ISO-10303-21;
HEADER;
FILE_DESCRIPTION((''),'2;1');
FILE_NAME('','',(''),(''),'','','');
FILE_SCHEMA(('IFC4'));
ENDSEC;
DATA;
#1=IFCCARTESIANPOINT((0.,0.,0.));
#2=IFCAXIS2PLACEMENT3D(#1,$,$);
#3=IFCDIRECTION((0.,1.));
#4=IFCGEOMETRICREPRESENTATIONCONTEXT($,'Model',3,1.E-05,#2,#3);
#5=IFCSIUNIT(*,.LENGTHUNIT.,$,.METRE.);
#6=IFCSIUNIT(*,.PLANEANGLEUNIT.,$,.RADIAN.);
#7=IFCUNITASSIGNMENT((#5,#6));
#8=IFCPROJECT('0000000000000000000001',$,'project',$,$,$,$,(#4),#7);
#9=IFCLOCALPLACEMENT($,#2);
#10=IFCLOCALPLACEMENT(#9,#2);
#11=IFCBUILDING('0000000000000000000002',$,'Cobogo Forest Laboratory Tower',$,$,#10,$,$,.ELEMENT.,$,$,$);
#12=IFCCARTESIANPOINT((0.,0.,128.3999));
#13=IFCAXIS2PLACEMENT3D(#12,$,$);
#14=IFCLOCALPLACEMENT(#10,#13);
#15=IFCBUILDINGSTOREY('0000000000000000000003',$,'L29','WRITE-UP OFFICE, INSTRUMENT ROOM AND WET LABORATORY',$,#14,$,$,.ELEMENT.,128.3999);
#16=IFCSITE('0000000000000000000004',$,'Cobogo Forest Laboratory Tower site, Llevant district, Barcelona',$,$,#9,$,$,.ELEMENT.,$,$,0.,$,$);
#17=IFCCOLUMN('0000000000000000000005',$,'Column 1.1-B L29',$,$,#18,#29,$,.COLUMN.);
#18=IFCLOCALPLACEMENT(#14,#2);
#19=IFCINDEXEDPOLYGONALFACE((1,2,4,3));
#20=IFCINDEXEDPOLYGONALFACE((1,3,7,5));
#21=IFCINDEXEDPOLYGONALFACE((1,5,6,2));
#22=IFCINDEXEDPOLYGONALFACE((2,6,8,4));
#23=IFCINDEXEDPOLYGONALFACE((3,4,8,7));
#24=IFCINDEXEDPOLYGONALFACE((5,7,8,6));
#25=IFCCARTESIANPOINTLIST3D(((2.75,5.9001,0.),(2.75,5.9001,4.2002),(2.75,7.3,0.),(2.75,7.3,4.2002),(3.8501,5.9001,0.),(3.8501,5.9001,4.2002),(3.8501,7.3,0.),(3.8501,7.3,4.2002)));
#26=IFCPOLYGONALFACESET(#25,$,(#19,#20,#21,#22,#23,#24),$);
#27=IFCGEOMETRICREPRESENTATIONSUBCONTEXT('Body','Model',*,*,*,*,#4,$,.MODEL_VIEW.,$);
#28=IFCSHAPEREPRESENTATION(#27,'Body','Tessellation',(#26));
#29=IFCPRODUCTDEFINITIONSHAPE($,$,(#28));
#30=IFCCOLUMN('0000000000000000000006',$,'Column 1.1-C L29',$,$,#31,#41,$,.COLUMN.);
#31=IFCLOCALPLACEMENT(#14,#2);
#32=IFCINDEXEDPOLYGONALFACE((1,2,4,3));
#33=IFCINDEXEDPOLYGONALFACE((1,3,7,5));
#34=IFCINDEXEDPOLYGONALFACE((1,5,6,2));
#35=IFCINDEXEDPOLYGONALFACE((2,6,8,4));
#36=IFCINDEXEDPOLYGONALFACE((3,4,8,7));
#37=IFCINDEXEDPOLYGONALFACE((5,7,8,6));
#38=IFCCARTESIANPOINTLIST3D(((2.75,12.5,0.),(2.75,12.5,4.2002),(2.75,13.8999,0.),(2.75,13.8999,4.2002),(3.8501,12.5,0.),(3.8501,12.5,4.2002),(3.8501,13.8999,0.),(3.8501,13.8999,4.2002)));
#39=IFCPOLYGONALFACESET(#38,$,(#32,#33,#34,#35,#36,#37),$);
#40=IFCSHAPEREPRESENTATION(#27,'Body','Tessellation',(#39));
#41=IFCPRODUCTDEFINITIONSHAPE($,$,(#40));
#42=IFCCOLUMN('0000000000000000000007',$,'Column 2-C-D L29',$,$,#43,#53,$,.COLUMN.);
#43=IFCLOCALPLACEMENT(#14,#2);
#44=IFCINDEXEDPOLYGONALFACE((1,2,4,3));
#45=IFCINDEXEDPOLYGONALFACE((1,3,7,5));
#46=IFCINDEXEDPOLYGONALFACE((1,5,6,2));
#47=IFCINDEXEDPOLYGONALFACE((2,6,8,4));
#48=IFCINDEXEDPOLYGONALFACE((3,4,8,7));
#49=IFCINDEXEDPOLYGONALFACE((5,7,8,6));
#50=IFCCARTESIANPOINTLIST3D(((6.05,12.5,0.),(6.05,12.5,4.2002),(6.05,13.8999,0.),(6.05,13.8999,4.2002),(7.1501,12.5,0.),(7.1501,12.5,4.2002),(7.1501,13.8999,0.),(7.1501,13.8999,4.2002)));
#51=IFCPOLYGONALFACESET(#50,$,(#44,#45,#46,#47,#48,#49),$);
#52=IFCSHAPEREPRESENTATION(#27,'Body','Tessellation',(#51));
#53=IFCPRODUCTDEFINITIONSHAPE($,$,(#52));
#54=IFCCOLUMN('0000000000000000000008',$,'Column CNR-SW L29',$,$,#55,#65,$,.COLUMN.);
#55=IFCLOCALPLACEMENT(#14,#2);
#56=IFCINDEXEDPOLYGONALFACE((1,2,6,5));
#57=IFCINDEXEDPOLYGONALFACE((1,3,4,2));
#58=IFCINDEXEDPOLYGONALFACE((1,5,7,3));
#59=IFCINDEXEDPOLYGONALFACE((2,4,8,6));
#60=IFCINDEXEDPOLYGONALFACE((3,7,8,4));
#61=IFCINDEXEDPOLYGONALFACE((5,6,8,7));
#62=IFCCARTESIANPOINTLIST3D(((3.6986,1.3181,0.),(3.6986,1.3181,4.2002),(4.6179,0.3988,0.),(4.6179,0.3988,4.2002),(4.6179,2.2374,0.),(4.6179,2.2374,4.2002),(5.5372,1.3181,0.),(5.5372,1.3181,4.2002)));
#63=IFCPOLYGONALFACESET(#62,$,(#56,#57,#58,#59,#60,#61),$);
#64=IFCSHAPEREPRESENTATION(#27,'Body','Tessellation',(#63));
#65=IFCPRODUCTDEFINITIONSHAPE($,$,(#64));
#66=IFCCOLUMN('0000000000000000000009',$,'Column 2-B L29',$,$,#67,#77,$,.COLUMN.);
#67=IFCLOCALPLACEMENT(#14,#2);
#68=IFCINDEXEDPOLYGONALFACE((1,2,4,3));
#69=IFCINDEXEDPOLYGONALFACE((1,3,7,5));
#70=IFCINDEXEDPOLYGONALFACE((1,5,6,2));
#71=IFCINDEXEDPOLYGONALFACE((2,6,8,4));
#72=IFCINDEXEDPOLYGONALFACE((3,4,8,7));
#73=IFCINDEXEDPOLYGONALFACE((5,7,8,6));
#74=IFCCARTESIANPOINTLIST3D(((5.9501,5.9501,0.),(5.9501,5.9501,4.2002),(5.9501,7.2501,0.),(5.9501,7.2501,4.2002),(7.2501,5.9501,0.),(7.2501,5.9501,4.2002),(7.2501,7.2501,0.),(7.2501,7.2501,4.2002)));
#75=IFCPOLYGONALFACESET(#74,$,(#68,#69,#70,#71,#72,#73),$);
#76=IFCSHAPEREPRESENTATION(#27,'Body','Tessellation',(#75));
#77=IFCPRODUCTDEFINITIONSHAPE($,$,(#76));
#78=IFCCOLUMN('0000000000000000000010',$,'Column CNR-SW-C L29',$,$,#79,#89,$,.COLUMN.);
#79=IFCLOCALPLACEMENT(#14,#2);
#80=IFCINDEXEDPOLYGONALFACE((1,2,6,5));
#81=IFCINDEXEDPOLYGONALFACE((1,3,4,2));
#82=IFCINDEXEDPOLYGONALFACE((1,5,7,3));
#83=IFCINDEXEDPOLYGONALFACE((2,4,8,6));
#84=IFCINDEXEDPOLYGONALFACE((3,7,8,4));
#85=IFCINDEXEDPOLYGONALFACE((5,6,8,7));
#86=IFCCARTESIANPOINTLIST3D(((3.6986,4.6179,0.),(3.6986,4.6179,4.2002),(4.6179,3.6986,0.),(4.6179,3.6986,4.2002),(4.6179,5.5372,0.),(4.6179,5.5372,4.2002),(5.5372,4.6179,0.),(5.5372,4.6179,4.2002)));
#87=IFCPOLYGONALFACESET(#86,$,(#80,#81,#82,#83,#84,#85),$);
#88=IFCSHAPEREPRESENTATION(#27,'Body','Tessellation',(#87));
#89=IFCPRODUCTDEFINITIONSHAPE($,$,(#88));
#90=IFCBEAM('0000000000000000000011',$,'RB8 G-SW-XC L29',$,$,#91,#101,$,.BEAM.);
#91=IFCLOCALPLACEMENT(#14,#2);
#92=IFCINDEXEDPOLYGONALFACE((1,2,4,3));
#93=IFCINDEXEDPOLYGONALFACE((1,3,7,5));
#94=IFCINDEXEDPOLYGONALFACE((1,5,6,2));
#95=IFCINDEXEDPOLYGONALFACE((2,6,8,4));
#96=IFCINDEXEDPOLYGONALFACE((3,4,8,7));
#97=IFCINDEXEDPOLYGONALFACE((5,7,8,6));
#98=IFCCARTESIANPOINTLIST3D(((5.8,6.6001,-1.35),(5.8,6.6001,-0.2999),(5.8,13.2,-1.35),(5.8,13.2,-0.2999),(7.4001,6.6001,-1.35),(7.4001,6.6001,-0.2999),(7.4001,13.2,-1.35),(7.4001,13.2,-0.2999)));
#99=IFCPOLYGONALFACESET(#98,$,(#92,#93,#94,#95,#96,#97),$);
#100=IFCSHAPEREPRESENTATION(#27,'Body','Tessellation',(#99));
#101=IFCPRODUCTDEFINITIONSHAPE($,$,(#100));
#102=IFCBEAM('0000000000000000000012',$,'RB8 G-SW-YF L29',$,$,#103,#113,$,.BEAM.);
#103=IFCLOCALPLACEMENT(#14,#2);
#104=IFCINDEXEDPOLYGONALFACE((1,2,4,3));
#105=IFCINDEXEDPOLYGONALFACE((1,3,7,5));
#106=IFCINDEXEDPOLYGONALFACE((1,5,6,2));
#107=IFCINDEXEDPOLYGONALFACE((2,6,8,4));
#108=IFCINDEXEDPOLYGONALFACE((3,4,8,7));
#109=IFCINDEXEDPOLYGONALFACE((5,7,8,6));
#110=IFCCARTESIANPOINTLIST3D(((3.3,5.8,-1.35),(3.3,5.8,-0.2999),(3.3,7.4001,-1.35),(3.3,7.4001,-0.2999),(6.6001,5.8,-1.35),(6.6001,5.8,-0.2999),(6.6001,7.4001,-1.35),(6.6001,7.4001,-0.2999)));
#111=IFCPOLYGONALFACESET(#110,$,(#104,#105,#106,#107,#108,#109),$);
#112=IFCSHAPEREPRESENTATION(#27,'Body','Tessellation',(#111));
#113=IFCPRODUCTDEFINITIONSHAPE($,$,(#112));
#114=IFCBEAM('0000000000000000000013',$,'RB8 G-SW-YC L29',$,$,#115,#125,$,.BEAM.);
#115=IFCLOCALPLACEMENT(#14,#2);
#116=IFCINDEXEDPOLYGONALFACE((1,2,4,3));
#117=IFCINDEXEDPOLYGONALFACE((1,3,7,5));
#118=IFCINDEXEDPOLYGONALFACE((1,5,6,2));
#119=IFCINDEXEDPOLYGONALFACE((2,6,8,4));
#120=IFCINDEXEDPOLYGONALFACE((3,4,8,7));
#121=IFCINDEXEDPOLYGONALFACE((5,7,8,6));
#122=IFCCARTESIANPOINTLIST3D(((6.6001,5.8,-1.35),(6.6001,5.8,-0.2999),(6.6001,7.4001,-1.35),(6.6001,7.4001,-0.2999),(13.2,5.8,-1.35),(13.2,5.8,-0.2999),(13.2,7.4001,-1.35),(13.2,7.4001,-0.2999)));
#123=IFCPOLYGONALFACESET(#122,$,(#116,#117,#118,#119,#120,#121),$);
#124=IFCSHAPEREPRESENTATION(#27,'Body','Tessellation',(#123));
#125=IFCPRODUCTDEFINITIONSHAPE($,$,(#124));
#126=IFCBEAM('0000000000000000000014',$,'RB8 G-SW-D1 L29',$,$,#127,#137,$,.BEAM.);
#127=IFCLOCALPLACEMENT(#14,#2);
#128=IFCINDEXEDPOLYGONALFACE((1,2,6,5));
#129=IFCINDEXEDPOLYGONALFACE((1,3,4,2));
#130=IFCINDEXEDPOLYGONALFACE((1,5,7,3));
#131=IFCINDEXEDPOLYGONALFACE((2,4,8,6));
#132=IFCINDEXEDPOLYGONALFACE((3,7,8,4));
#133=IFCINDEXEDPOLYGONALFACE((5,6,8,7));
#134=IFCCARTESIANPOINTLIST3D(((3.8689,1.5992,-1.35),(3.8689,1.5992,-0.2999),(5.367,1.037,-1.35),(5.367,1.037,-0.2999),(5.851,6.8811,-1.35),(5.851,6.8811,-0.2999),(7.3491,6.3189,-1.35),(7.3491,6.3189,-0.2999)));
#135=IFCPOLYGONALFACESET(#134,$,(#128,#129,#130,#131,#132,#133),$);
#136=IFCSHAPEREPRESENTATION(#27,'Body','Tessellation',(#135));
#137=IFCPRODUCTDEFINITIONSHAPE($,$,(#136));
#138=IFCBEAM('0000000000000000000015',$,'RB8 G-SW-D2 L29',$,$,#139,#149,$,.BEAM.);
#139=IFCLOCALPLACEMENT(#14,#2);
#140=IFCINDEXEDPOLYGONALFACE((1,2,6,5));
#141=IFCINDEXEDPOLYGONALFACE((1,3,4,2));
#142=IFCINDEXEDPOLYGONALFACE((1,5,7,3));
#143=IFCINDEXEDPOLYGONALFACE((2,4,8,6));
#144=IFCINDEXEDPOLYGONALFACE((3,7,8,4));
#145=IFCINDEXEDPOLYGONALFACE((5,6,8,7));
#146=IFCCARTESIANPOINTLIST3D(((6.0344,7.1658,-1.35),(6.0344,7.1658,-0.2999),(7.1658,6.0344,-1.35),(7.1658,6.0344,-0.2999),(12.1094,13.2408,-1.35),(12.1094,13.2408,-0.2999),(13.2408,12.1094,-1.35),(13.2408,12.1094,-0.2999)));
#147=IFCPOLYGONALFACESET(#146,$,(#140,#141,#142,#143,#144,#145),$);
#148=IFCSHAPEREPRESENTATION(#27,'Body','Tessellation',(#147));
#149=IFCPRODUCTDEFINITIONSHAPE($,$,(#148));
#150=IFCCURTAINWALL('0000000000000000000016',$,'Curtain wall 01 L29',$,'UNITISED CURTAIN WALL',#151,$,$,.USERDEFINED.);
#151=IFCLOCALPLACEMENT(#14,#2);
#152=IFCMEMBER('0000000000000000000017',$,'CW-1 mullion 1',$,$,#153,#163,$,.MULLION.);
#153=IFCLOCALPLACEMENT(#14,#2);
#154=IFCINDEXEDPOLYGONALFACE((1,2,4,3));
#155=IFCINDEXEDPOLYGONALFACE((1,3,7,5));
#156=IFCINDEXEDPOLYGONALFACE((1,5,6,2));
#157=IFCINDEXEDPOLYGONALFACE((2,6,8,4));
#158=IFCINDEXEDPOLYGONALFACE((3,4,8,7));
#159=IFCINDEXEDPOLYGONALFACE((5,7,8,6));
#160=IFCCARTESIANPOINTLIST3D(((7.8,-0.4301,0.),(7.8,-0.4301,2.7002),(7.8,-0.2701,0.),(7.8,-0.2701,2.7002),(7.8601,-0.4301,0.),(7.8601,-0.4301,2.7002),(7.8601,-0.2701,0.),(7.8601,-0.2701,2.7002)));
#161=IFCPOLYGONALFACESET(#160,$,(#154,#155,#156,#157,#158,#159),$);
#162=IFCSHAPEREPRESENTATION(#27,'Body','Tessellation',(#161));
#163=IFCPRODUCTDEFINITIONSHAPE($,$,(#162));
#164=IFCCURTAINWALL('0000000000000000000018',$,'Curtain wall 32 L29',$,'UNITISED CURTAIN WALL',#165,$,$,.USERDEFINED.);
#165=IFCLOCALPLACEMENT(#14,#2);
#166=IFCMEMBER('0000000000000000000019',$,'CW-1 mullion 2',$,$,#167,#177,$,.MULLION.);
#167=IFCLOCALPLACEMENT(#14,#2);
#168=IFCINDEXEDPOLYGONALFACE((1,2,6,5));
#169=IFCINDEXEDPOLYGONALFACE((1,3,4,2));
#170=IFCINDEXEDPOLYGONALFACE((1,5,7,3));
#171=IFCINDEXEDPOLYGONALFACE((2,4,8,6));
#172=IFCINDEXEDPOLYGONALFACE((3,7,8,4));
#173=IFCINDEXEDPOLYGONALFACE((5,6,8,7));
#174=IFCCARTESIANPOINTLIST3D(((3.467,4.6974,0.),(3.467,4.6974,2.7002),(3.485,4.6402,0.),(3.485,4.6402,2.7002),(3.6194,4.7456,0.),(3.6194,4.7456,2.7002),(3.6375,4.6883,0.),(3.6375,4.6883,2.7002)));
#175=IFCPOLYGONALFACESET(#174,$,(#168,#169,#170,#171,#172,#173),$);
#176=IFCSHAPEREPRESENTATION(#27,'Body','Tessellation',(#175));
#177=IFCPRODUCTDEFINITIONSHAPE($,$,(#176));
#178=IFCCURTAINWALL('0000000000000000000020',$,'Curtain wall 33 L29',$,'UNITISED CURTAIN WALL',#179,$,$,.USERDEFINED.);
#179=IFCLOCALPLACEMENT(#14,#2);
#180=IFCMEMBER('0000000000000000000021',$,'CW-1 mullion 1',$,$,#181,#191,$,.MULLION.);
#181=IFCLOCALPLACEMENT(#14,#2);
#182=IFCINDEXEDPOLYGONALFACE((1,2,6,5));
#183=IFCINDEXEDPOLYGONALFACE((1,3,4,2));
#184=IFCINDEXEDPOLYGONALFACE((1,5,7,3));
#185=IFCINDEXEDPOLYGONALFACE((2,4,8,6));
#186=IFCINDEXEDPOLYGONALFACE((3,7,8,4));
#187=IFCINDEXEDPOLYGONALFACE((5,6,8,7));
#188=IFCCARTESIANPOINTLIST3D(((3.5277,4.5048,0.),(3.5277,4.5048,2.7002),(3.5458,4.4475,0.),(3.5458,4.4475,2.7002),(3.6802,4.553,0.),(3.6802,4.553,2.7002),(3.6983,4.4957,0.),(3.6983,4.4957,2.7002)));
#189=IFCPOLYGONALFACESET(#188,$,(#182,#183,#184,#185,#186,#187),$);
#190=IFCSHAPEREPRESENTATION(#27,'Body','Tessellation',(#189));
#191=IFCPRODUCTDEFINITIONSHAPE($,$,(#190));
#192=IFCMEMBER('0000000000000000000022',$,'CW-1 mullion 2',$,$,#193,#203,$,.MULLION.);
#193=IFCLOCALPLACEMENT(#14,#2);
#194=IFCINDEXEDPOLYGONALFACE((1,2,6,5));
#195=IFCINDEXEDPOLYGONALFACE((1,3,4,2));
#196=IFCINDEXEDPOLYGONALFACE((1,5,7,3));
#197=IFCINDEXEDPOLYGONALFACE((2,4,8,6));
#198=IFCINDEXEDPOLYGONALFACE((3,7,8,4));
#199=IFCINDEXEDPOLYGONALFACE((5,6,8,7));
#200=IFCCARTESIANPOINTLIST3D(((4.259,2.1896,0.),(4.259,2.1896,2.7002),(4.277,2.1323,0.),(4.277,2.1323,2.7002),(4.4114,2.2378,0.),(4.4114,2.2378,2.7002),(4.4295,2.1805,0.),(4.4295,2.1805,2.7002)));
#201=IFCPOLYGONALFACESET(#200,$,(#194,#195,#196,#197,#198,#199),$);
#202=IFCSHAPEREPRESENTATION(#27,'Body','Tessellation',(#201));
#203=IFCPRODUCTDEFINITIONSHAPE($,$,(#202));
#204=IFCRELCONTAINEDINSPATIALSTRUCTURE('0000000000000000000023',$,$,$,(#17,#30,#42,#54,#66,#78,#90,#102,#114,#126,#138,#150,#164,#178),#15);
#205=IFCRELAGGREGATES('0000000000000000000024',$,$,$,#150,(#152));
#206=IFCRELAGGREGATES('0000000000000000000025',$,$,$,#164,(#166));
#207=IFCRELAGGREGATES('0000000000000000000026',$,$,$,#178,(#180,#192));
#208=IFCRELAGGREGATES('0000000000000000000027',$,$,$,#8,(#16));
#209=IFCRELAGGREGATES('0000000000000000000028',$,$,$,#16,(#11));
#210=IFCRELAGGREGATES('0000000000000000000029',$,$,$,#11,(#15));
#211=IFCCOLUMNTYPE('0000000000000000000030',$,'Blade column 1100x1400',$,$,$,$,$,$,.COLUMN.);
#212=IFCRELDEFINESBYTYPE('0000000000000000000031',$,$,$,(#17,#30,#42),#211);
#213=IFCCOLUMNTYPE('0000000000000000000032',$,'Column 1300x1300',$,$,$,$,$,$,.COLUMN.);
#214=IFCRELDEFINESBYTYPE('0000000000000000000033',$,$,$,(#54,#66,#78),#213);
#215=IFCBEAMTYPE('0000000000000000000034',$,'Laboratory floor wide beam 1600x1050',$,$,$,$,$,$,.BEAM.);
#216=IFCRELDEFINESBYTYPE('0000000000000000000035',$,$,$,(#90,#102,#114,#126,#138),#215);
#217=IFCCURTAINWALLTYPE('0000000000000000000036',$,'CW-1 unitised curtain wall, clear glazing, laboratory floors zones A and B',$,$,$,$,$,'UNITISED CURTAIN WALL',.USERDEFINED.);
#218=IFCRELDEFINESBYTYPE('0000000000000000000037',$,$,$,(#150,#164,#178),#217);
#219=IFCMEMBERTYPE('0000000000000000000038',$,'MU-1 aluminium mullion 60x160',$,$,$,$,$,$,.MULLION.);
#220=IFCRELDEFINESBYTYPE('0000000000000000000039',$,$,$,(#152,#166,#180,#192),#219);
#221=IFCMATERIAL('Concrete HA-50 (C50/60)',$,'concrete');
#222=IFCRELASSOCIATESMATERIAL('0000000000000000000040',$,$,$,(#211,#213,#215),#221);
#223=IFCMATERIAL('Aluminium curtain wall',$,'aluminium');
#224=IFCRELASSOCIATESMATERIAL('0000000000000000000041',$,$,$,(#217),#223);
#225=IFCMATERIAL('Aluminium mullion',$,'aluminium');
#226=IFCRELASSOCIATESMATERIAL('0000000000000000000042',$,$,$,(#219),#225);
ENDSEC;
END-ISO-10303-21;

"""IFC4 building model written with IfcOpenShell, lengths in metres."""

from ifc_helpers import new_model, si_unit, direction, frame, origin, origin_2d, place, context, subcontext, project, spatial, rectangle, extrude, material, material_profile, profile_set, type_object, element, aggregate, save


model = new_model("IFC4")

# Units and contexts
model_context = context("Model", 3, precision=1e-05, world=origin(), true_north=direction((0.0, 1.0)))
body_context = subcontext(model_context, "Body", "Model", "MODEL_VIEW")
ifc_project = project(units=[si_unit("LENGTHUNIT", "METRE"), si_unit("PLANEANGLEUNIT", "RADIAN")], contexts=[model_context])

# Site, building, storey
site_placement = place(None, origin())
site = spatial("IfcSite", under=ifc_project, at=site_placement, Name="Cobogo Forest Laboratory Tower site, Llevant district, Barcelona", CompositionType="ELEMENT", RefElevation=0.0)
building_placement = place(site_placement, origin())
building = spatial("IfcBuilding", under=site, at=building_placement, Name="Cobogo Forest Laboratory Tower", CompositionType="ELEMENT")
storey_placement = place(building_placement, frame((0.0, 0.0, 128.3999)))
storey = spatial("IfcBuildingStorey", under=building, at=storey_placement, Name="L29", Description="WRITE-UP OFFICE, INSTRUMENT ROOM AND WET LABORATORY", CompositionType="ELEMENT", Elevation=128.3999)

# Columns
ifc_material_1 = material(Name="Concrete HA-50 (C50/60)", Category="concrete")
ifc_material_profile_1 = material_profile(ifc_material_1, rectangle(XDim=1.3999, YDim=1.1001, at=origin_2d()), Name="RC 1100x1400")
ifc_profile_set_1 = profile_set([ifc_material_profile_1], Name="Concrete HA-50 (C50/60)")
column_type_1 = type_object("IfcColumnType", Name="Blade column 1100x1400", PredefinedType="COLUMN", material=ifc_profile_set_1)
for number, where, z_axis, x_axis, name in (
    (1, (3.3, 6.6001, 0.0), (0.0, 0.0, 1.0), (0.0, 1.0, 0.0), "Column 1.1-B L29"),
    (2, (3.3, 13.2, 0.0), (0.0, 0.0, 1.0), (0.0, 1.0, 0.0), "Column 1.1-C L29"),
    (3, (6.6001, 13.2, 0.0), (0.0, 0.0, 1.0), (0.0, 1.0, 0.0), "Column 2-C-D L29"),
):
    element("IfcColumn", number, at=place(storey_placement, frame(where, z_axis=z_axis, x_axis=x_axis)), inside=storey, type_object=column_type_1, Name=name, PredefinedType="COLUMN", context=body_context, shape_type="SweptSolid", body=[
        extrude(rectangle(XDim=1.3999, YDim=1.1001, at=origin_2d()), origin(), (0.0, 0.0, 1.0), 4.2002),
    ])
ifc_material_profile_2 = material_profile(ifc_material_1, rectangle(XDim=1.3, YDim=1.3, at=origin_2d()), Name="RC 1300x1300")
ifc_profile_set_2 = profile_set([ifc_material_profile_2], Name="Concrete HA-50 (C50/60)")
column_type_2 = type_object("IfcColumnType", Name="Column 1300x1300", PredefinedType="COLUMN", material=ifc_profile_set_2)
for number, where, z_axis, x_axis, name in (
    (4, (4.6179, 1.3181, 0.0), (0.0, 0.0, 1.0), (0.707107, 0.707107, 0.0), "Column CNR-SW L29"),
    (5, (6.6001, 6.6001, 0.0), (0.0, 0.0, 1.0), (1.0, 0.0, 0.0), "Column 2-B L29"),
    (6, (4.6179, 4.6179, 0.0), (0.0, 0.0, 1.0), (0.707107, 0.707107, 0.0), "Column CNR-SW-C L29"),
):
    element("IfcColumn", number, at=place(storey_placement, frame(where, z_axis=z_axis, x_axis=x_axis)), inside=storey, type_object=column_type_2, Name=name, PredefinedType="COLUMN", context=body_context, shape_type="SweptSolid", body=[
        extrude(rectangle(XDim=1.3, YDim=1.3, at=origin_2d()), origin(), (0.0, 0.0, 1.0), 4.2002),
    ])

# Beams
ifc_material_profile_3 = material_profile(ifc_material_1, rectangle(XDim=1.6001, YDim=1.05, at=origin_2d()), Name="RC 1600x1050")
ifc_profile_set_3 = profile_set([ifc_material_profile_3], Name="Concrete HA-50 (C50/60)")
beam_type_1 = type_object("IfcBeamType", Name="Laboratory floor wide beam 1600x1050", PredefinedType="BEAM", material=ifc_profile_set_3)
beam_1_placement = place(storey_placement, frame((6.6001, 6.6001, -0.825), z_axis=(0.0, 1.0, 0.0), x_axis=(-1.0, 0.0, 0.0)))
element("IfcBeam", 7, at=beam_1_placement, inside=storey, type_object=beam_type_1, Name="RB8 G-SW-XC L29", PredefinedType="BEAM", context=body_context, shape_type="SweptSolid", body=[
    extrude(rectangle(XDim=1.6001, YDim=1.05, at=origin_2d()), origin(), (0.0, 0.0, 1.0), 6.5999),
])
beam_2_placement = place(storey_placement, frame((3.3, 6.6001, -0.825), z_axis=(1.0, 0.0, 0.0), x_axis=(0.0, 1.0, 0.0)))
element("IfcBeam", 8, at=beam_2_placement, inside=storey, type_object=beam_type_1, Name="RB8 G-SW-YF L29", PredefinedType="BEAM", context=body_context, shape_type="SweptSolid", body=[
    extrude(rectangle(XDim=1.6001, YDim=1.05, at=origin_2d()), origin(), (0.0, 0.0, 1.0), 3.3),
])
beam_3_placement = place(storey_placement, frame((6.6001, 6.6001, -0.825), z_axis=(1.0, 0.0, 0.0), x_axis=(0.0, 1.0, 0.0)))
element("IfcBeam", 9, at=beam_3_placement, inside=storey, type_object=beam_type_1, Name="RB8 G-SW-YC L29", PredefinedType="BEAM", context=body_context, shape_type="SweptSolid", body=[
    extrude(rectangle(XDim=1.6001, YDim=1.05, at=origin_2d()), origin(), (0.0, 0.0, 1.0), 6.5999),
])
beam_4_placement = place(storey_placement, frame((4.6179, 1.3181, -0.825), z_axis=(0.351346, 0.936246, 0.0), x_axis=(-0.936246, 0.351346, 0.0)))
element("IfcBeam", 10, at=beam_4_placement, inside=storey, type_object=beam_type_1, Name="RB8 G-SW-D1 L29", PredefinedType="BEAM", context=body_context, shape_type="SweptSolid", body=[
    extrude(rectangle(XDim=1.6001, YDim=1.05, at=origin_2d()), origin(), (0.0, 0.0, 1.0), 5.6416),
])
beam_5_placement = place(storey_placement, frame((6.6001, 6.6001, -0.825), z_axis=(0.707107, 0.707107, 0.0), x_axis=(-0.707107, 0.707107, 0.0)))
element("IfcBeam", 11, at=beam_5_placement, inside=storey, type_object=beam_type_1, Name="RB8 G-SW-D2 L29", PredefinedType="BEAM", context=body_context, shape_type="SweptSolid", body=[
    extrude(rectangle(XDim=1.6001, YDim=1.05, at=origin_2d()), origin(), (0.0, 0.0, 1.0), 8.5913),
])

# Curtain walls, members
ifc_material_2 = material(Name="Aluminium curtain wall", Category="aluminium")
curtain_wall_type = type_object("IfcCurtainWallType", Name="CW-1 unitised curtain wall, clear glazing, laboratory floors zones A and B", ElementType="UNITISED CURTAIN WALL", PredefinedType="USERDEFINED", material=ifc_material_2)
curtain_wall_1_placement = place(storey_placement, origin())
curtain_wall_1 = element("IfcCurtainWall", 12, at=curtain_wall_1_placement, inside=storey, type_object=curtain_wall_type, Name="Curtain wall 01 L29", ObjectType="UNITISED CURTAIN WALL", PredefinedType="USERDEFINED")
ifc_material_3 = material(Name="Aluminium mullion", Category="aluminium")
ifc_material_profile_4 = material_profile(ifc_material_3, rectangle(XDim=0.0601, YDim=0.1599, at=origin_2d()), Name="AL 60x160")
ifc_profile_set_4 = profile_set([ifc_material_profile_4], Name="Aluminium mullion")
member_type_1 = type_object("IfcMemberType", Name="MU-1 aluminium mullion 60x160", PredefinedType="MULLION", material=ifc_profile_set_4)
member_1_placement = place(storey_placement, frame((7.8301, -0.3501, 0.0), z_axis=(0.0, 0.0, 1.0), x_axis=(1.0, 0.0, 0.0)))
member_1 = element("IfcMember", 13, at=member_1_placement, type_object=member_type_1, Name="CW-1 mullion 1", PredefinedType="MULLION", context=body_context, shape_type="SweptSolid", body=[
    extrude(rectangle(XDim=0.0601, YDim=0.1599, at=origin_2d()), origin(), (0.0, 0.0, 1.0), 2.7002),
])
aggregate(curtain_wall_1, [member_1])
curtain_wall_2_placement = place(storey_placement, origin())
curtain_wall_2 = element("IfcCurtainWall", 14, at=curtain_wall_2_placement, inside=storey, type_object=curtain_wall_type, Name="Curtain wall 32 L29", ObjectType="UNITISED CURTAIN WALL", PredefinedType="USERDEFINED")
member_2_placement = place(storey_placement, frame((3.5522, 4.6929, 0.0), z_axis=(0.0, 0.0, 1.0), x_axis=(0.301135, -0.953581, 0.0)))
member_2 = element("IfcMember", 15, at=member_2_placement, type_object=member_type_1, Name="CW-1 mullion 2", PredefinedType="MULLION", context=body_context, shape_type="SweptSolid", body=[
    extrude(rectangle(XDim=0.0601, YDim=0.1599, at=origin_2d()), origin(), (0.0, 0.0, 1.0), 2.7002),
])

# Curtain wall, members
curtain_wall_3_placement = place(storey_placement, origin())
curtain_wall_3 = element("IfcCurtainWall", 16, at=curtain_wall_3_placement, inside=storey, type_object=curtain_wall_type, Name="Curtain wall 33 L29", ObjectType="UNITISED CURTAIN WALL", PredefinedType="USERDEFINED")
member_3_placement = place(storey_placement, frame((3.613, 4.5002, 0.0), z_axis=(0.0, 0.0, 1.0), x_axis=(0.301135, -0.953581, 0.0)))
member_3 = element("IfcMember", 17, at=member_3_placement, type_object=member_type_1, Name="CW-1 mullion 1", PredefinedType="MULLION", context=body_context, shape_type="SweptSolid", body=[
    extrude(rectangle(XDim=0.0601, YDim=0.1599, at=origin_2d()), origin(), (0.0, 0.0, 1.0), 2.7002),
])
member_4_placement = place(storey_placement, frame((4.3442, 2.1851, 0.0), z_axis=(0.0, 0.0, 1.0), x_axis=(0.301135, -0.953581, 0.0)))
member_4 = element("IfcMember", 18, at=member_4_placement, type_object=member_type_1, Name="CW-1 mullion 2", PredefinedType="MULLION", context=body_context, shape_type="SweptSolid", body=[
    extrude(rectangle(XDim=0.0601, YDim=0.1599, at=origin_2d()), origin(), (0.0, 0.0, 1.0), 2.7002),
])

aggregate(curtain_wall_2, [member_2])
aggregate(curtain_wall_3, [member_3, member_4])

save(model, "model.ifc")
